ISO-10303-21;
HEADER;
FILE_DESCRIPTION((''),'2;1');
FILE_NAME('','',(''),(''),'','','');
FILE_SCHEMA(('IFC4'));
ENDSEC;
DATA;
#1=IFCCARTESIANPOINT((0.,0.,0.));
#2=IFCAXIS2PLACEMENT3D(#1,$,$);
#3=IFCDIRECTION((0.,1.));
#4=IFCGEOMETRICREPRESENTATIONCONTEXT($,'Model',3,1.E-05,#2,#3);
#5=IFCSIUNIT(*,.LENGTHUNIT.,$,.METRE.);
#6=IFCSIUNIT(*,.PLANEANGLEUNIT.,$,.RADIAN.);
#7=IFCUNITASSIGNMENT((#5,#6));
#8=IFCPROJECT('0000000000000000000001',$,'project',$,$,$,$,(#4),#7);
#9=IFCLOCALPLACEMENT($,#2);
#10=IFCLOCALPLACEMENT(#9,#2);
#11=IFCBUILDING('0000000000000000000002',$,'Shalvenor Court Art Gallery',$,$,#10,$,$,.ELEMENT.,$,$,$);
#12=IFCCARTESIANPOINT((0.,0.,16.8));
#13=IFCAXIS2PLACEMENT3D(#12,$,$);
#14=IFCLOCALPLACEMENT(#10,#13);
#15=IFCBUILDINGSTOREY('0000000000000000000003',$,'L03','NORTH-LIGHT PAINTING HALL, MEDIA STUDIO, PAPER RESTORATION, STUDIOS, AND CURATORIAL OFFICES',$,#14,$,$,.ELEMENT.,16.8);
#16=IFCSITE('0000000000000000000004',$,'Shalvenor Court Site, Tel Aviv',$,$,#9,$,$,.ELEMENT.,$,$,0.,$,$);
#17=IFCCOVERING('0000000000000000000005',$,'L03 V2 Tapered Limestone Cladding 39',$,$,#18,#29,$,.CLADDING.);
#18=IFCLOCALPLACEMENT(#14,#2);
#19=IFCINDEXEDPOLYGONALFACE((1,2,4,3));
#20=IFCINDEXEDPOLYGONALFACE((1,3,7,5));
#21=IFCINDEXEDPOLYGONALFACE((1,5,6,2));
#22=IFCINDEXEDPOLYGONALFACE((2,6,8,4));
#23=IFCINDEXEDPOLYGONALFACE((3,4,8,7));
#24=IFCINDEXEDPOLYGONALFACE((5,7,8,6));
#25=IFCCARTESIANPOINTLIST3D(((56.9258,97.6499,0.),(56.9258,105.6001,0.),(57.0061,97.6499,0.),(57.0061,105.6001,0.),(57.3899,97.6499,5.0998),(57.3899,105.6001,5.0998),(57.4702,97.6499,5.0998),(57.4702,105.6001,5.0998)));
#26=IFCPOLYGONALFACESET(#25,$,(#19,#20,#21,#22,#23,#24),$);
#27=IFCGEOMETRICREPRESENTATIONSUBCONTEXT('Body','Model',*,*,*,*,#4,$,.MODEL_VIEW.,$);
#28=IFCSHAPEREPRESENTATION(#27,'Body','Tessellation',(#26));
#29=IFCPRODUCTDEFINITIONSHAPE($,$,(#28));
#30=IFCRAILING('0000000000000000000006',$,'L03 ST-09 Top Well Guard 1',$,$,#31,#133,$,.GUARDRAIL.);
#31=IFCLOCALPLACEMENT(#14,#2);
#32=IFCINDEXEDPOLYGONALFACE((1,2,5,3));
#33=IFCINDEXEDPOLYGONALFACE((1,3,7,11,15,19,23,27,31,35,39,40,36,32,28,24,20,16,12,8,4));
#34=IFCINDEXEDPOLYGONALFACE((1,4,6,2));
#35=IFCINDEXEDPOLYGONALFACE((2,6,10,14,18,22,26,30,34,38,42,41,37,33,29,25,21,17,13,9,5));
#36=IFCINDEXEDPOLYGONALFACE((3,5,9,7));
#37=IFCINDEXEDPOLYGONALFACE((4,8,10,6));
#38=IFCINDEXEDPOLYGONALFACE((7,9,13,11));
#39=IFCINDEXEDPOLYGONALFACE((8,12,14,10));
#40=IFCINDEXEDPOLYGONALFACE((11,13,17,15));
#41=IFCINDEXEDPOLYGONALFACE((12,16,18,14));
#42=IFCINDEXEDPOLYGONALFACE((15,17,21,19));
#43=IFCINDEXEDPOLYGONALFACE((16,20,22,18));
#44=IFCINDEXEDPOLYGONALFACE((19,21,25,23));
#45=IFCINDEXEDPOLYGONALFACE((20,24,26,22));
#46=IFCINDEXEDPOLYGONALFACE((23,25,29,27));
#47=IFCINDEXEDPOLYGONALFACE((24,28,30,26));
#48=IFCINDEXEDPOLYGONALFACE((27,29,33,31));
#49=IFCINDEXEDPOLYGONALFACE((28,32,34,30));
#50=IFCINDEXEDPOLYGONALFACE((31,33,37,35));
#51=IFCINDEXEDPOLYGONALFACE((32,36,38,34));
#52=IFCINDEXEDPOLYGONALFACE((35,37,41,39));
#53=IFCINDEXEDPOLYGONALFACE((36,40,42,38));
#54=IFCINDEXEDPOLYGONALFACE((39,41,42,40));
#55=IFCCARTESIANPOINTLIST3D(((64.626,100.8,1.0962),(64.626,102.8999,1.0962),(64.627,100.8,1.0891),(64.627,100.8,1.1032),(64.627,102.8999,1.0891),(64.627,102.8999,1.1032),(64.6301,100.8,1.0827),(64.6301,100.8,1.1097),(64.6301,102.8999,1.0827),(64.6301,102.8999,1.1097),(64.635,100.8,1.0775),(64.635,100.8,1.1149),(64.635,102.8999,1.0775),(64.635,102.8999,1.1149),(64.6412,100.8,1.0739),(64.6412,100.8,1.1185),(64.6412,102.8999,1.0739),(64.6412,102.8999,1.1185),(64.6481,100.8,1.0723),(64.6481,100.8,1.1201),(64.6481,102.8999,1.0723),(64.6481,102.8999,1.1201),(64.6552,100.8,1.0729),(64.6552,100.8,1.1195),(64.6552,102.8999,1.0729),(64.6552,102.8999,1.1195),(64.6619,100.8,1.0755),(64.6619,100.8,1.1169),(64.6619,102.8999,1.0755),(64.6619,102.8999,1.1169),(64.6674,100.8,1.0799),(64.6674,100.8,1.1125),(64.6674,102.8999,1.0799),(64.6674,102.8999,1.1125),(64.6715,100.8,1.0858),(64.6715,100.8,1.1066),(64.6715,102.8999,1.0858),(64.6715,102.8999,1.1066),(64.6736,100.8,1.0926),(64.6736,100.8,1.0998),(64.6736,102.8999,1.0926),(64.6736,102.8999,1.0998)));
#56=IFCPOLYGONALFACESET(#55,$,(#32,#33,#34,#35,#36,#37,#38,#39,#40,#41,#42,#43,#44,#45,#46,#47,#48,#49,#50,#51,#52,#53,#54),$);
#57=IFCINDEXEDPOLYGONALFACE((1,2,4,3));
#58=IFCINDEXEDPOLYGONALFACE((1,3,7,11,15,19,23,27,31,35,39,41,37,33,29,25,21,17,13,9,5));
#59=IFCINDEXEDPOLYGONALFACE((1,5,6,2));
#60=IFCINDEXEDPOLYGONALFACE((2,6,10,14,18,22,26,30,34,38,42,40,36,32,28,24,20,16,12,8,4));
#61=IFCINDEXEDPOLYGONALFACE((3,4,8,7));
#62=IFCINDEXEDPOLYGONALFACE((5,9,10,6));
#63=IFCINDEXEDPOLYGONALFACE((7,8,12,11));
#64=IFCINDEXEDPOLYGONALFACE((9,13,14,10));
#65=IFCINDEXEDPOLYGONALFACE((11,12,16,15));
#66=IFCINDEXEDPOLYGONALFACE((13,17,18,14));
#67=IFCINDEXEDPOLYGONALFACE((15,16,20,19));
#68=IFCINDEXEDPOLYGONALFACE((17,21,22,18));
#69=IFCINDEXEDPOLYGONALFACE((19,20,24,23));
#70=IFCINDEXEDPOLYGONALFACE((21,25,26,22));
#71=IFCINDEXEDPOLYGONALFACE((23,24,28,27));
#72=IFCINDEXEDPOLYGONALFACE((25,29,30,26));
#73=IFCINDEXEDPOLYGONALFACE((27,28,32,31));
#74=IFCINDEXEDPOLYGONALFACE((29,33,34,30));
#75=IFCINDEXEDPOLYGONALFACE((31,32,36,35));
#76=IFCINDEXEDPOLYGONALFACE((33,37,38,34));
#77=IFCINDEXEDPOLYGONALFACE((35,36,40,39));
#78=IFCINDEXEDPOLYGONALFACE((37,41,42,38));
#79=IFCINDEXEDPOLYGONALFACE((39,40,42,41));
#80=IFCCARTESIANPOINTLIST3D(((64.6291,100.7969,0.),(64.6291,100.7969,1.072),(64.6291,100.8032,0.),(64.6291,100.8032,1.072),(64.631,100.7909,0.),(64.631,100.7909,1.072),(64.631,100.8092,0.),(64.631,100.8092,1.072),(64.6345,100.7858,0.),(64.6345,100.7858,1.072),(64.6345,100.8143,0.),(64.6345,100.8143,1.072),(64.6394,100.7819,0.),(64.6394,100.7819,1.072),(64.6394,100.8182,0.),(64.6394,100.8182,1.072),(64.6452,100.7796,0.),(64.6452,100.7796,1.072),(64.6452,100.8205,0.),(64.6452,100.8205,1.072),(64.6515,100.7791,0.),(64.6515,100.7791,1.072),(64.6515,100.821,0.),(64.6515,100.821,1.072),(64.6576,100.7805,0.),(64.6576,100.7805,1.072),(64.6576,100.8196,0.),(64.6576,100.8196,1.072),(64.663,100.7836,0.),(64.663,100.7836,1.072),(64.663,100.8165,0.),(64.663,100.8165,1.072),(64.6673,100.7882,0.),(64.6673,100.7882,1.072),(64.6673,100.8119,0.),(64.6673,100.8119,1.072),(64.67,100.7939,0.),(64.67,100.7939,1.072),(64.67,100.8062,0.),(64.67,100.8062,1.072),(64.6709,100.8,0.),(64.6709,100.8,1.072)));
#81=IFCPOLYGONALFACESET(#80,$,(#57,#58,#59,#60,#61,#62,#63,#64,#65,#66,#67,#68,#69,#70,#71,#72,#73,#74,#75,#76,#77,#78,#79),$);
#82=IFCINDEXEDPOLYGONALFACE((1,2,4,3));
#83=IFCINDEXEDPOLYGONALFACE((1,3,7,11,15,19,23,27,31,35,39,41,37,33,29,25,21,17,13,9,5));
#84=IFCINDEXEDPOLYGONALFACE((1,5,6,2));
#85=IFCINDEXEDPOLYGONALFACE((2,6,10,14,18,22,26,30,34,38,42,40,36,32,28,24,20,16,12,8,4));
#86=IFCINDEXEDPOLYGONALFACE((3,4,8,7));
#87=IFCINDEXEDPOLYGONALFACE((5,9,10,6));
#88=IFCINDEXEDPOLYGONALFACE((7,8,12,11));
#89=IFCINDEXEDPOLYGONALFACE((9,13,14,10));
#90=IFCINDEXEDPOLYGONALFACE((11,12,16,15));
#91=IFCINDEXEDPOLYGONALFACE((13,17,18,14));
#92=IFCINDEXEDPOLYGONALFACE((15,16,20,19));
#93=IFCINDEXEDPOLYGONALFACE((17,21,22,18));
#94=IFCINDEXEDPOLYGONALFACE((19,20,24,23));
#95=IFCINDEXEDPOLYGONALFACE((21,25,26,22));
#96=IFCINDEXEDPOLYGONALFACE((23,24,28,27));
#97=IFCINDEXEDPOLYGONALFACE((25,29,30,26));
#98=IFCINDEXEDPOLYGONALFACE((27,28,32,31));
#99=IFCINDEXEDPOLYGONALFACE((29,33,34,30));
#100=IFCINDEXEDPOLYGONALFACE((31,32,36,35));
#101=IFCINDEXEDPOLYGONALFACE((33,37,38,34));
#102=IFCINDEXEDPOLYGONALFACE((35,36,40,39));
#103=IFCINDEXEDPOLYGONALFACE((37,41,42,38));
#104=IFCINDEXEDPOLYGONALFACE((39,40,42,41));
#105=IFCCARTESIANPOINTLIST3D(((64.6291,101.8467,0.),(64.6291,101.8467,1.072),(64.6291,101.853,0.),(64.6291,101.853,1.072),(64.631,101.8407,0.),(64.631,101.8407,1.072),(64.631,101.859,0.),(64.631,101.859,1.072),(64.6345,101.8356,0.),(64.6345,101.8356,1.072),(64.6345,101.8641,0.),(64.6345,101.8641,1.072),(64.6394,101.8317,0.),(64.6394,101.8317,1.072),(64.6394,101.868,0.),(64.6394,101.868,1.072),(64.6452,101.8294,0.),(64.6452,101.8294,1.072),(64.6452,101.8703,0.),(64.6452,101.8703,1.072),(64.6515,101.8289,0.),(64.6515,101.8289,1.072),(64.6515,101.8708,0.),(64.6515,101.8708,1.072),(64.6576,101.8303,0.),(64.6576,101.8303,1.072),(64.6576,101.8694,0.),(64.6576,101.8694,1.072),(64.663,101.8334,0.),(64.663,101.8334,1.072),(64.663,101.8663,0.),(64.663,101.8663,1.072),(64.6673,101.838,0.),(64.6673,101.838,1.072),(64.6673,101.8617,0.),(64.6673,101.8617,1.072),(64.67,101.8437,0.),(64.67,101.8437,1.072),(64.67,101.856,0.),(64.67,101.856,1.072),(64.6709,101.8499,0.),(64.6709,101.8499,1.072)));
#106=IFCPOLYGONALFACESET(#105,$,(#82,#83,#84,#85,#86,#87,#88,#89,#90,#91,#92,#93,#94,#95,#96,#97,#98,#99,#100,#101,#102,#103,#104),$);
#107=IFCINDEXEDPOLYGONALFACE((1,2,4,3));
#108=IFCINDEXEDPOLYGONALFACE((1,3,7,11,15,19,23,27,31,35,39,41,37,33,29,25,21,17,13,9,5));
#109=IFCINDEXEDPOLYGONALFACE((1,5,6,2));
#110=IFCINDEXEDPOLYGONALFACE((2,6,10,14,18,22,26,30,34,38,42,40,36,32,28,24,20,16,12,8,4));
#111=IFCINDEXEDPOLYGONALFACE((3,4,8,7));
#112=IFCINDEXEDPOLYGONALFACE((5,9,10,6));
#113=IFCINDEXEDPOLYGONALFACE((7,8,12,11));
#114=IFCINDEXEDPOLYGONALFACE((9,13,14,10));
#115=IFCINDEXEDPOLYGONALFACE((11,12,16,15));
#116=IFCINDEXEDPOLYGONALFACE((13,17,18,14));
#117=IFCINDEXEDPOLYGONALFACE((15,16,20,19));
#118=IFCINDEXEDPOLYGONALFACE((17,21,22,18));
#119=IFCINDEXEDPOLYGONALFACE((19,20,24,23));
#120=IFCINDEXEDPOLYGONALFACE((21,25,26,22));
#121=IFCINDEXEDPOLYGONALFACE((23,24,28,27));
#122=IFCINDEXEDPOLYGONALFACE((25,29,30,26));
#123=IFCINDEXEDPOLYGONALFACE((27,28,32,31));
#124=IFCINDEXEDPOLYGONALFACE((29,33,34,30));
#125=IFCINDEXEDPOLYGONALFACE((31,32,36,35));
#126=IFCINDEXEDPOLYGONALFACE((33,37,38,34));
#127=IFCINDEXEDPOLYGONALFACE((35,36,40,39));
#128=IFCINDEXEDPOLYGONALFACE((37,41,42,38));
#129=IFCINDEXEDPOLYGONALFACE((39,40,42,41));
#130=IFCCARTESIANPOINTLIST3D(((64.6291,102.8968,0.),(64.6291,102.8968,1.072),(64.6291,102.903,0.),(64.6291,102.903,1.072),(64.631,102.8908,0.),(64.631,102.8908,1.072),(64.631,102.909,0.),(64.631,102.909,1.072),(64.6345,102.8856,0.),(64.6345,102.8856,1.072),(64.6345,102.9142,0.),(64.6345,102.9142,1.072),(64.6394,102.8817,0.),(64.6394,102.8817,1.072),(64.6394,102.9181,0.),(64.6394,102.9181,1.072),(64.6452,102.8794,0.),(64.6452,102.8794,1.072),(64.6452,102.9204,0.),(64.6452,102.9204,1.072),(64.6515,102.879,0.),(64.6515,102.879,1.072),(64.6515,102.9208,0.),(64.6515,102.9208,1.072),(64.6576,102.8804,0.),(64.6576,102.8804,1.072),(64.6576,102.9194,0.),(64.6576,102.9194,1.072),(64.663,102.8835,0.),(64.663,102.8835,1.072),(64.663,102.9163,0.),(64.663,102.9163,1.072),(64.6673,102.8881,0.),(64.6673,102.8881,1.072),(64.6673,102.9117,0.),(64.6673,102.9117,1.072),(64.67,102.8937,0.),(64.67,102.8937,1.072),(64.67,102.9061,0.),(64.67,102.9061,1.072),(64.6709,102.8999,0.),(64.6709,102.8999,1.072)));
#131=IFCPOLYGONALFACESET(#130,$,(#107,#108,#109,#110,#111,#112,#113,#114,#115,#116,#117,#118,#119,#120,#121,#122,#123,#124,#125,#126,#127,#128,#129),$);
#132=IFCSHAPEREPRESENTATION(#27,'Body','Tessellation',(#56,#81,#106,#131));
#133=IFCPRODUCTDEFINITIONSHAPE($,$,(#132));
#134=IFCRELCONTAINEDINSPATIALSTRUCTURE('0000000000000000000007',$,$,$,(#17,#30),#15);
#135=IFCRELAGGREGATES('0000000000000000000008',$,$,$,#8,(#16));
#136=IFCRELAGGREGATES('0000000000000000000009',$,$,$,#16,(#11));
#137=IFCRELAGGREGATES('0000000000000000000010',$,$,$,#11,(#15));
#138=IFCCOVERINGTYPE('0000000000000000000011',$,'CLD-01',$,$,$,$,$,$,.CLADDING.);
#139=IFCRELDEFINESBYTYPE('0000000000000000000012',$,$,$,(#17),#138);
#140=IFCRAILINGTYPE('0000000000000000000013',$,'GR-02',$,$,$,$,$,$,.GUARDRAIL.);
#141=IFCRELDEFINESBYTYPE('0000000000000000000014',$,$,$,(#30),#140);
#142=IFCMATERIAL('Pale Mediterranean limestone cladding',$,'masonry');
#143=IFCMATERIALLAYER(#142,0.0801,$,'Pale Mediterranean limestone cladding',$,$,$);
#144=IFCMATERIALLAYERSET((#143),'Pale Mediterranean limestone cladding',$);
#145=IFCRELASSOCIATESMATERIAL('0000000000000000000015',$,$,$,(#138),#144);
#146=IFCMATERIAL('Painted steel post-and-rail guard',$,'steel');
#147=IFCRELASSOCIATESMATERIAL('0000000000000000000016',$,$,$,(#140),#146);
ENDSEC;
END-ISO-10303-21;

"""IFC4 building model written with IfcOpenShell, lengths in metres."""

from ifc_helpers import new_model, si_unit, direction, frame, origin, origin_2d, place, context, subcontext, project, spatial, polyline, circle, outline, extrude, material, layer, layer_set, type_object, element, save


model = new_model("IFC4")

# Units and contexts
model_context = context("Model", 3, precision=1e-05, world=origin(), true_north=direction((0.0, 1.0)))
body_context = subcontext(model_context, "Body", "Model", "MODEL_VIEW")
ifc_project = project(units=[si_unit("LENGTHUNIT", "METRE"), si_unit("PLANEANGLEUNIT", "RADIAN")], contexts=[model_context])

# Site, building, storey
site_placement = place(None, origin())
site = spatial("IfcSite", under=ifc_project, at=site_placement, Name="Shalvenor Court Site, Tel Aviv", CompositionType="ELEMENT", RefElevation=0.0)
building_placement = place(site_placement, origin())
building = spatial("IfcBuilding", under=site, at=building_placement, Name="Shalvenor Court Art Gallery", CompositionType="ELEMENT")
storey_placement = place(building_placement, frame((0.0, 0.0, 16.8)))
storey = spatial("IfcBuildingStorey", under=building, at=storey_placement, Name="L03", Description="NORTH-LIGHT PAINTING HALL, MEDIA STUDIO, PAPER RESTORATION, STUDIOS, AND CURATORIAL OFFICES", CompositionType="ELEMENT", Elevation=16.8)

# Covering
ifc_material_1 = material(Name="Pale Mediterranean limestone cladding", Category="masonry")
ifc_layer_1 = layer(ifc_material_1, 0.0801, Name="Pale Mediterranean limestone cladding")
ifc_layer_set_1 = layer_set([ifc_layer_1], Name="Pale Mediterranean limestone cladding")
covering_type = type_object("IfcCoveringType", Name="CLD-01", PredefinedType="CLADDING", material=ifc_layer_set_1)
covering_placement = place(storey_placement, frame((56.9258, 105.6001, 0.0), z_axis=(0.0, 0.0, 1.0), x_axis=(0.0, -1.0, 0.0)))
element("IfcCovering", 1, at=covering_placement, inside=storey, type_object=covering_type, Name="L03 V2 Tapered Limestone Cladding 39", PredefinedType="CLADDING", context=body_context, shape_type="SweptSolid", body=[
    extrude(outline(polyline([(0.0, 0.0), (7.9502, 0.0), (7.9502, 5.1208), (0.0, 5.1208), (0.0, 0.0)])), frame((0.0, 0.0, 0.0), z_axis=(0.0, -0.995884, 0.090633), x_axis=(1.0, 0.0, 0.0)), (0.0, 0.090633, -0.995884), 0.0803),
])

# Railing
ifc_material_2 = material(Name="Painted steel post-and-rail guard", Category="steel")
railing_type = type_object("IfcRailingType", Name="GR-02", PredefinedType="GUARDRAIL", material=ifc_material_2)
railing_placement = place(storey_placement, frame((64.6499, 100.8, 0.0)))
element("IfcRailing", 2, at=railing_placement, inside=storey, type_object=railing_type, Name="L03 ST-09 Top Well Guard 1", PredefinedType="GUARDRAIL", context=body_context, shape_type="SweptSolid", body=[
    extrude(circle(Radius=0.0239, at=origin_2d()), frame((0.0, 0.0, 1.0962), z_axis=(0.0, 1.0, 0.0), x_axis=(-1.0, 0.0, 0.0)), (0.0, 0.0, 1.0), 2.0999),
    extrude(circle(Radius=0.021, at=origin_2d()), origin(), (0.0, 0.0, 1.0), 1.072),
    extrude(circle(Radius=0.021, at=origin_2d()), frame((0.0, 1.0498, 0.0)), (0.0, 0.0, 1.0), 1.072),
    extrude(circle(Radius=0.021, at=origin_2d()), frame((0.0, 2.0999, 0.0)), (0.0, 0.0, 1.0), 1.072),
])

save(model, "model.ifc")
